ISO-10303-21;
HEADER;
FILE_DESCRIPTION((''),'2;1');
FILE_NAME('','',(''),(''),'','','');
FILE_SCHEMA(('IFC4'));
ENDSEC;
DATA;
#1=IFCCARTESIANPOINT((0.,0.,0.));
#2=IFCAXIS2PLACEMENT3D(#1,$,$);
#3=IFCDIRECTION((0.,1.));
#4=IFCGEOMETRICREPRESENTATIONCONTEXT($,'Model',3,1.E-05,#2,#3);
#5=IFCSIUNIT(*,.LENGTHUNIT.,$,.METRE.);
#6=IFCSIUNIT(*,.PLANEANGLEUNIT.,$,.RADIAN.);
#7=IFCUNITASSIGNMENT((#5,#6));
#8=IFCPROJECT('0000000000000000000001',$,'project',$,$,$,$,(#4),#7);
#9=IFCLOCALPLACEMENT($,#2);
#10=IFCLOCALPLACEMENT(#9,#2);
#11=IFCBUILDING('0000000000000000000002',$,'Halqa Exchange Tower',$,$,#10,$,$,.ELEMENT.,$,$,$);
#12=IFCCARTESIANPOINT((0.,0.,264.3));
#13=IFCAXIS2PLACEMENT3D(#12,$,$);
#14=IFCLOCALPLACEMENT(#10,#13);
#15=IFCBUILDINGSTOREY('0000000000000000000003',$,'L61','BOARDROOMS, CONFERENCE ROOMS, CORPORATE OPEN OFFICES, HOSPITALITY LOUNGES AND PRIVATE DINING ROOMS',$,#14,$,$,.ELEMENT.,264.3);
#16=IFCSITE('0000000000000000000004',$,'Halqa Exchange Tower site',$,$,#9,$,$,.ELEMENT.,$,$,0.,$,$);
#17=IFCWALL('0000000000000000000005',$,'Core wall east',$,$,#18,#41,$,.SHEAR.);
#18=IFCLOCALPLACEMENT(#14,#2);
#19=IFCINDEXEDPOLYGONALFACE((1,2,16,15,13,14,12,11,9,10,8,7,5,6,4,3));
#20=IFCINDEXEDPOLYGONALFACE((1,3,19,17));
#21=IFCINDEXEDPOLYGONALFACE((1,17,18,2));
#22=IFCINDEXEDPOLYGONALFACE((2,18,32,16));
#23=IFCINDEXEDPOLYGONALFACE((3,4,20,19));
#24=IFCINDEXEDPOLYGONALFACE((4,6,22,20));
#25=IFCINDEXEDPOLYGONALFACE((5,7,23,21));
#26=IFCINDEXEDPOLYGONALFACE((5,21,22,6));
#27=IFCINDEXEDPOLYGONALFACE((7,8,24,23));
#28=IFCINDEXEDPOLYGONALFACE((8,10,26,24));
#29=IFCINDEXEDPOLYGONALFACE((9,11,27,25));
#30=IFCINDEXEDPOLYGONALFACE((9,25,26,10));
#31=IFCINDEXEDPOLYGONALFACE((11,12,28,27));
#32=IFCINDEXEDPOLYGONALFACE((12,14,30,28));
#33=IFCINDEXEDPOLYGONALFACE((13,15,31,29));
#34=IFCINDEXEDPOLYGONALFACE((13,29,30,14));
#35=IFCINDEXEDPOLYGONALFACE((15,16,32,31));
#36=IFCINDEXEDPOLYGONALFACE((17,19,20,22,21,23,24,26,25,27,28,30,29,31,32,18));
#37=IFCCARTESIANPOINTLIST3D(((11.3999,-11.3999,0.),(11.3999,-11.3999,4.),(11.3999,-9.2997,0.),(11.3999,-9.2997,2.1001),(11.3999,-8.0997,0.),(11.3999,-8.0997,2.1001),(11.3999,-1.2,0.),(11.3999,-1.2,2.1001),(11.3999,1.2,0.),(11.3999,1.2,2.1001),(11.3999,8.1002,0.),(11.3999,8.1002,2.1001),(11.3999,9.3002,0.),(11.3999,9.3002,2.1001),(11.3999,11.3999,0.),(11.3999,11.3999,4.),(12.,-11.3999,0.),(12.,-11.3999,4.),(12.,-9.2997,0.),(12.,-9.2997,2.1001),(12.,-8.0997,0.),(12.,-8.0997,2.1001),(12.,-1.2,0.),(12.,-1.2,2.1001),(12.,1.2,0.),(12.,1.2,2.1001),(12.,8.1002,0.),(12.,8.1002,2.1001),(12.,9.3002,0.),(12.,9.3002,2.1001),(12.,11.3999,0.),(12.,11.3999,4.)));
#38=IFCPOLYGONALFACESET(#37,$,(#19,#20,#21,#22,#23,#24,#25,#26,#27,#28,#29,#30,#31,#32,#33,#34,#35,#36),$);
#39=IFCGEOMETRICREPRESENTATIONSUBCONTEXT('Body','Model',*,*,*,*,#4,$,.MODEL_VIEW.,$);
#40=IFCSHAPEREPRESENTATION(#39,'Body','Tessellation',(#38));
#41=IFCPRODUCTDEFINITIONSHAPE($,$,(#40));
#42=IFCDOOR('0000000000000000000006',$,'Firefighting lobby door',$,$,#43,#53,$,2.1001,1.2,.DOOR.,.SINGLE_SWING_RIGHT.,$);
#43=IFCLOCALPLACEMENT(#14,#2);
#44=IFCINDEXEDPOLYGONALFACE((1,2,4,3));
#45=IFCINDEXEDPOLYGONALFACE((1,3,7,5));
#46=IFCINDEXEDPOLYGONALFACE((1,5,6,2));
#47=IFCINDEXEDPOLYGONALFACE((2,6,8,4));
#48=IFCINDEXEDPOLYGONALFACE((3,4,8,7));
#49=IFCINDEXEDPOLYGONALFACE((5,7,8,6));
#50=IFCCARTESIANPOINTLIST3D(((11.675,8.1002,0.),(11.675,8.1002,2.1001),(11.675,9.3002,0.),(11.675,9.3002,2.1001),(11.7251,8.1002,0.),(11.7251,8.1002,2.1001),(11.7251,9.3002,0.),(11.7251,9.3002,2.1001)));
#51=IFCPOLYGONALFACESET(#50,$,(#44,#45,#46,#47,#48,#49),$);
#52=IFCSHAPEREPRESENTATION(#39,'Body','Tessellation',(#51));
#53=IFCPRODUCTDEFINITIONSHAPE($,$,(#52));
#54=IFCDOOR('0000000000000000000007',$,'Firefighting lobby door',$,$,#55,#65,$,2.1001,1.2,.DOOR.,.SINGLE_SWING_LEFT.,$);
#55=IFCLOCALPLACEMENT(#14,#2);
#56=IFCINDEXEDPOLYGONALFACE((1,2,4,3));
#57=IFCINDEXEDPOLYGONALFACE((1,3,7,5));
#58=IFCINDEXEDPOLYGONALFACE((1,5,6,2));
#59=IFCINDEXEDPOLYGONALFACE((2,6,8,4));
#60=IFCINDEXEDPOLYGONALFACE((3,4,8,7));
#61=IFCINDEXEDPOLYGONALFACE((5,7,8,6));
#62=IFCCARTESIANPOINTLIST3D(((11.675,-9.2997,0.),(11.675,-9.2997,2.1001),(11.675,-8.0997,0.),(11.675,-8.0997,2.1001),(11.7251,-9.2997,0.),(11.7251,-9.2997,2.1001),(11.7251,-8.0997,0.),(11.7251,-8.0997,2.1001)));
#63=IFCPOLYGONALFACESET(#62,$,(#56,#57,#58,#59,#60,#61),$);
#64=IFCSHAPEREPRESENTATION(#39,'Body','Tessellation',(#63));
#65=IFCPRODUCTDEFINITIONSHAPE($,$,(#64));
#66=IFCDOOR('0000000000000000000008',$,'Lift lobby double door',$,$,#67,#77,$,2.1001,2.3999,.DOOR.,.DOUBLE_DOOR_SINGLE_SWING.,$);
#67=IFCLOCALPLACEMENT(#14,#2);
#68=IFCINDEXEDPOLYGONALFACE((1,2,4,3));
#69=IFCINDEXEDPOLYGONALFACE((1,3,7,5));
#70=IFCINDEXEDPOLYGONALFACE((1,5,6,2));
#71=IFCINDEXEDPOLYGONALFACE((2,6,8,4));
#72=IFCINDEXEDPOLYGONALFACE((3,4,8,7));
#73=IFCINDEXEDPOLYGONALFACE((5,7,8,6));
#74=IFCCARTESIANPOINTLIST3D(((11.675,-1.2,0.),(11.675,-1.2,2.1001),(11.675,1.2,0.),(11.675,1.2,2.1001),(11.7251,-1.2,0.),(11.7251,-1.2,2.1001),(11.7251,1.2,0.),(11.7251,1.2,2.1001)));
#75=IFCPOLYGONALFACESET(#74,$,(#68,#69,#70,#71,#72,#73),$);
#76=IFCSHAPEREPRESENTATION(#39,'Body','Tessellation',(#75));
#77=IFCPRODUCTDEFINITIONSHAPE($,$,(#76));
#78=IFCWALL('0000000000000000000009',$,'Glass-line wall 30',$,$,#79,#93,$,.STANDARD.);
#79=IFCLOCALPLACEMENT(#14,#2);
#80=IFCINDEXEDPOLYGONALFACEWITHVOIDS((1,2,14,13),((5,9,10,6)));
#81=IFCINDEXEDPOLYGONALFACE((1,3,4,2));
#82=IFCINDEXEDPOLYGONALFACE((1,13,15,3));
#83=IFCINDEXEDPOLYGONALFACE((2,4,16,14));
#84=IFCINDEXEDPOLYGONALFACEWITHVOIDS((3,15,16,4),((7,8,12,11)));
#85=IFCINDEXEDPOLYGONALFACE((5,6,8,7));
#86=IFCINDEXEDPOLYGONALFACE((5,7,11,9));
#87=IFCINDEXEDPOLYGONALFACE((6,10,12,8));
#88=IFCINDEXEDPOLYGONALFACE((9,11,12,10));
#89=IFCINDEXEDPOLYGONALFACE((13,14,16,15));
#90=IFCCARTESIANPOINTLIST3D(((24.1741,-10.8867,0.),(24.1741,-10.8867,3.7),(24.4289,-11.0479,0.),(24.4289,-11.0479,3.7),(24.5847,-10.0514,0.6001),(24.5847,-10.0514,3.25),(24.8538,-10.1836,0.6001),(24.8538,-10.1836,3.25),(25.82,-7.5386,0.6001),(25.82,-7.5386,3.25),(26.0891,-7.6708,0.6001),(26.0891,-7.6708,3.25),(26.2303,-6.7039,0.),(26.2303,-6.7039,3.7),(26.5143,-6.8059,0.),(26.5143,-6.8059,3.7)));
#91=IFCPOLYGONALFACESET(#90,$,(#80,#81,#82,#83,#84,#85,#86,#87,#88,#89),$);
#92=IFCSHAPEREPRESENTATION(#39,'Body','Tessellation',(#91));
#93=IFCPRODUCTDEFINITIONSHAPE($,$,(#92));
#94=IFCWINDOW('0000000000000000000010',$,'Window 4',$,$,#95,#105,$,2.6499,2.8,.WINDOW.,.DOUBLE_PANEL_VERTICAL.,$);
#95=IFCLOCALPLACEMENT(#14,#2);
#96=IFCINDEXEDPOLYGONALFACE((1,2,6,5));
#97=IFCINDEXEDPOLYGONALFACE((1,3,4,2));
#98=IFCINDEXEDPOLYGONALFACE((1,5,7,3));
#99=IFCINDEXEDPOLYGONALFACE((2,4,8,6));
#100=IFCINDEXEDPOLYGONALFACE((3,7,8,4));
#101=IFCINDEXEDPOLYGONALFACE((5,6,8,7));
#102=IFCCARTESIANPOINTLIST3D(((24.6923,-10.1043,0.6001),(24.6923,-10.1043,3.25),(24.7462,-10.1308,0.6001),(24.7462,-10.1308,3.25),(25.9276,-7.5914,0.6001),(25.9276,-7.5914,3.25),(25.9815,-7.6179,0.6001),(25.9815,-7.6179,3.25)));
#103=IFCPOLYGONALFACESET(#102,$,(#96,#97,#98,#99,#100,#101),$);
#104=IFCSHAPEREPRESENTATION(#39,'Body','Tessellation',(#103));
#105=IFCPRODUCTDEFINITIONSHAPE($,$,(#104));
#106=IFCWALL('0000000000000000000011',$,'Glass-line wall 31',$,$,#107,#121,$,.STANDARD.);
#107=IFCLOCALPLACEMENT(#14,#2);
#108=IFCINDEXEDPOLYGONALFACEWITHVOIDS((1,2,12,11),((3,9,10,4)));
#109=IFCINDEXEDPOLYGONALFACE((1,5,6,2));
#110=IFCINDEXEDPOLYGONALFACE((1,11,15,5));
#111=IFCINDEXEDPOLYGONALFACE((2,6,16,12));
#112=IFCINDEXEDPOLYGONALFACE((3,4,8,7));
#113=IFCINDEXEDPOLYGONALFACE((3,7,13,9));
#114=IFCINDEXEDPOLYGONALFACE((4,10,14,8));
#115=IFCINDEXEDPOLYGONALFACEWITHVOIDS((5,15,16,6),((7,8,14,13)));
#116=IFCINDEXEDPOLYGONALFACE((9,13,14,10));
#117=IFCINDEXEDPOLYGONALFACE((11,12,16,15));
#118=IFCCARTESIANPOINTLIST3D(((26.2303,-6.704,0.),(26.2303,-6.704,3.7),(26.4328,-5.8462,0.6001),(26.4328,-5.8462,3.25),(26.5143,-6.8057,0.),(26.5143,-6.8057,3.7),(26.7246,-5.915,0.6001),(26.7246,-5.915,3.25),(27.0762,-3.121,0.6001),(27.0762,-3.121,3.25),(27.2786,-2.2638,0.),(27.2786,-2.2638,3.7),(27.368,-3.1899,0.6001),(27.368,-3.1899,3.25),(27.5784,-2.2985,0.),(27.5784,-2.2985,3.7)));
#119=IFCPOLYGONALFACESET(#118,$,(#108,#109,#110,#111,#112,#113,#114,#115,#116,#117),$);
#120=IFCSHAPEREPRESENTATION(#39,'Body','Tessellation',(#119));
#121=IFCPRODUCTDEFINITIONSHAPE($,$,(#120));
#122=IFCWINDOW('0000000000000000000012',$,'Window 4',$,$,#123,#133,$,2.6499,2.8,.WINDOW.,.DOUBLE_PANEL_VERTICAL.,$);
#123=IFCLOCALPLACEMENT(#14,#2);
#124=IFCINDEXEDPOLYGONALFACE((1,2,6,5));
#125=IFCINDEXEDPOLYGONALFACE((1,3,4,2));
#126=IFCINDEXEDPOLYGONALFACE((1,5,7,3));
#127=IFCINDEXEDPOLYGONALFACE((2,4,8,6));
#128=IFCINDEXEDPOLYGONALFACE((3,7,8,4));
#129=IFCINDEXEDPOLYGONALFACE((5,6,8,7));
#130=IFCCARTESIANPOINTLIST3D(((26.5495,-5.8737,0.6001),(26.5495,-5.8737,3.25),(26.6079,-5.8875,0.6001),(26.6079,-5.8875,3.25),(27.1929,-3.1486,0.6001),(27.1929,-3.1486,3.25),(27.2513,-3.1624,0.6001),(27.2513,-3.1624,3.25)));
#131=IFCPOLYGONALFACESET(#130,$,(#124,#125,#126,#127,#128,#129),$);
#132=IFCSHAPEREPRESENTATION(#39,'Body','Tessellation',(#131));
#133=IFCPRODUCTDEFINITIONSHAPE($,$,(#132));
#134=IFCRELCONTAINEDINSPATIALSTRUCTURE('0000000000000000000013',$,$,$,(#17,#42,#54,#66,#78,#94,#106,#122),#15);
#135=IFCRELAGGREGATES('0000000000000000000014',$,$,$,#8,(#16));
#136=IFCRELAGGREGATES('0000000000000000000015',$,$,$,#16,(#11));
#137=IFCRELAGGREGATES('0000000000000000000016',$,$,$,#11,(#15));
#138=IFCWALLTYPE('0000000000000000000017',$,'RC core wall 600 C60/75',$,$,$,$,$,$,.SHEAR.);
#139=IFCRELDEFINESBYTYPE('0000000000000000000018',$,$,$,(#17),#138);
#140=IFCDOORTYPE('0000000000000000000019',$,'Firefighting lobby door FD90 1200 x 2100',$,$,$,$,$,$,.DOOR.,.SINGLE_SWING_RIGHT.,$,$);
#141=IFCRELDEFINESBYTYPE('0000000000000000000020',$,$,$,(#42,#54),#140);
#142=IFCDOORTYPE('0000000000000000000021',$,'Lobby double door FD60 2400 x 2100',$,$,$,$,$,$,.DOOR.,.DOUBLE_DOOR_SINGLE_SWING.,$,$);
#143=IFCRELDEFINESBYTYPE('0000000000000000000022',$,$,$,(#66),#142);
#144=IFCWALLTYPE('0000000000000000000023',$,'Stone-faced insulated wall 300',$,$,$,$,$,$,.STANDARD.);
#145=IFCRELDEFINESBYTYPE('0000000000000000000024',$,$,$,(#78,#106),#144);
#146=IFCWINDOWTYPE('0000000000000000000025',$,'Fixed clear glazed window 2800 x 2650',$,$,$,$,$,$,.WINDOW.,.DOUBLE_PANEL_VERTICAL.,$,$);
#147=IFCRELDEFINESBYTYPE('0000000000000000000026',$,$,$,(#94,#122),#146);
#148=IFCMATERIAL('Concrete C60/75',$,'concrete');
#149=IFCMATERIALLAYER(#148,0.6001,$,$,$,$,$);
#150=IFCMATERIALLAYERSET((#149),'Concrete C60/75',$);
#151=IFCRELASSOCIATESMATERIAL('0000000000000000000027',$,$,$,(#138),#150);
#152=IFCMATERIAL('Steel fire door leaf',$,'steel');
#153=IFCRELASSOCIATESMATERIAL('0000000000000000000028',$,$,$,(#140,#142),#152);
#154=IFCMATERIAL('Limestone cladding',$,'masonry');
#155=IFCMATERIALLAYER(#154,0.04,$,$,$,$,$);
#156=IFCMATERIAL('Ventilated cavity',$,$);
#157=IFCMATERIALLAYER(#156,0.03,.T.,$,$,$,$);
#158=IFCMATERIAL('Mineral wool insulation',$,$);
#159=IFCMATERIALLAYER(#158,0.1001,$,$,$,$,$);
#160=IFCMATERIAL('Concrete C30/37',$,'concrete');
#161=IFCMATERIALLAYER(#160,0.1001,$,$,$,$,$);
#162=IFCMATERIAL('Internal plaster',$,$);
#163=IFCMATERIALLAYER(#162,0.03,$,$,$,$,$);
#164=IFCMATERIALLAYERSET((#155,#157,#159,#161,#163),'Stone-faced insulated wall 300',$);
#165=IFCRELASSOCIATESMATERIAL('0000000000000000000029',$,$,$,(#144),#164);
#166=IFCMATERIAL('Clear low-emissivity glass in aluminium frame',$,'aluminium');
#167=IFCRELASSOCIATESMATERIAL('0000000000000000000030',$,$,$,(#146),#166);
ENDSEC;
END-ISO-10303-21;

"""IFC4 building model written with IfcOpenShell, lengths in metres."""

from ifc_helpers import new_model, si_unit, direction, frame, frame_2d, origin, place, context, subcontext, project, spatial, polyline, rectangle, outline, extrude, material, layer, layer_set, type_object, element, fill, save


model = new_model("IFC4")

# Units and contexts
model_context = context("Model", 3, precision=1e-05, world=origin(), true_north=direction((0.0, 1.0)))
body_context = subcontext(model_context, "Body", "Model", "MODEL_VIEW")
ifc_project = project(units=[si_unit("LENGTHUNIT", "METRE"), si_unit("PLANEANGLEUNIT", "RADIAN")], contexts=[model_context])

# Site, building, storey
site_placement = place(None, origin())
site = spatial("IfcSite", under=ifc_project, at=site_placement, Name="Halqa Exchange Tower site", CompositionType="ELEMENT", RefElevation=0.0)
building_placement = place(site_placement, origin())
building = spatial("IfcBuilding", under=site, at=building_placement, Name="Halqa Exchange Tower", CompositionType="ELEMENT")
storey_placement = place(building_placement, frame((0.0, 0.0, 264.3)))
storey = spatial("IfcBuildingStorey", under=building, at=storey_placement, Name="L61", Description="BOARDROOMS, CONFERENCE ROOMS, CORPORATE OPEN OFFICES, HOSPITALITY LOUNGES AND PRIVATE DINING ROOMS", CompositionType="ELEMENT", Elevation=264.3)

# Shared definitions
ifc_material_1 = material(Name="Concrete C60/75", Category="concrete")

# Wall, openings, doors
ifc_layer_1 = layer(ifc_material_1, 0.6001)
ifc_layer_set_1 = layer_set([ifc_layer_1], Name="Concrete C60/75")
wall_type_1 = type_object("IfcWallType", Name="RC core wall 600 C60/75", PredefinedType="SHEAR", material=ifc_layer_set_1)
wall_1_placement = place(storey_placement, frame((11.7, -11.3999, 0.0), z_axis=(0.0, 0.0, 1.0), x_axis=(0.0, 1.0, 0.0)))
wall_1 = element("IfcWall", 1, at=wall_1_placement, inside=storey, type_object=wall_type_1, Name="Core wall east", PredefinedType="SHEAR", context=body_context, shape_type="SweptSolid", body=[
    extrude(rectangle(XDim=22.7998, YDim=0.6001, at=frame_2d((11.3999, 0.0))), origin(), (0.0, 0.0, 1.0), 4.0),
])
opening_1_placement = place(wall_1_placement, frame((10.2, 0.0, 0.0)))
opening_1 = element("IfcOpeningElement", 2, at=opening_1_placement, cuts=wall_1, PredefinedType="OPENING", context=body_context, shape_type="SweptSolid", body=[
    extrude(rectangle(XDim=2.3999, YDim=2.1001, at=frame_2d((1.2, 1.05))), frame((0.0, 0.312, 0.0), z_axis=(0.0, -1.0, 0.0), x_axis=(1.0, 0.0, 0.0)), (0.0, 0.0, 1.0), 0.624),
])
opening_2_placement = place(wall_1_placement, frame((19.5, 0.0, 0.0)))
opening_2 = element("IfcOpeningElement", 3, at=opening_2_placement, cuts=wall_1, PredefinedType="OPENING", context=body_context, shape_type="SweptSolid", body=[
    extrude(rectangle(XDim=1.2, YDim=2.1001, at=frame_2d((0.6001, 1.05))), frame((0.0, 0.312, 0.0), z_axis=(0.0, -1.0, 0.0), x_axis=(1.0, 0.0, 0.0)), (0.0, 0.0, 1.0), 0.624),
])
opening_3_placement = place(wall_1_placement, frame((2.1001, 0.0, 0.0)))
opening_3 = element("IfcOpeningElement", 4, at=opening_3_placement, cuts=wall_1, PredefinedType="OPENING", context=body_context, shape_type="SweptSolid", body=[
    extrude(rectangle(XDim=1.2, YDim=2.1001, at=frame_2d((0.6001, 1.05))), frame((0.0, 0.312, 0.0), z_axis=(0.0, -1.0, 0.0), x_axis=(1.0, 0.0, 0.0)), (0.0, 0.0, 1.0), 0.624),
])
ifc_material_2 = material(Name="Steel fire door leaf", Category="steel")
door_type_1 = type_object("IfcDoorType", Name="Firefighting lobby door FD90 1200 x 2100", OperationType="SINGLE_SWING_RIGHT", PredefinedType="DOOR", material=ifc_material_2)
door_1_placement = place(opening_2_placement, origin())
door_1 = element("IfcDoor", 5, at=door_1_placement, inside=storey, type_object=door_type_1, Name="Firefighting lobby door", OperationType="SINGLE_SWING_RIGHT", OverallHeight=2.1001, OverallWidth=1.2, PredefinedType="DOOR", context=body_context, shape_type="SweptSolid", body=[
    extrude(rectangle(XDim=1.2, YDim=2.1001, at=frame_2d((0.6001, 1.05))), frame((0.0, 0.0249, 0.0), z_axis=(0.0, -1.0, 0.0), x_axis=(1.0, 0.0, 0.0)), (0.0, 0.0, 1.0), 0.05),
])
fill(opening_2, door_1)
door_2_placement = place(opening_3_placement, origin())
door_2 = element("IfcDoor", 6, at=door_2_placement, inside=storey, type_object=door_type_1, Name="Firefighting lobby door", OperationType="SINGLE_SWING_LEFT", OverallHeight=2.1001, OverallWidth=1.2, PredefinedType="DOOR", context=body_context, shape_type="SweptSolid", body=[
    extrude(rectangle(XDim=1.2, YDim=2.1001, at=frame_2d((0.6001, 1.05))), frame((0.0, 0.0249, 0.0), z_axis=(0.0, -1.0, 0.0), x_axis=(1.0, 0.0, 0.0)), (0.0, 0.0, 1.0), 0.05),
])
fill(opening_3, door_2)
door_type_2 = type_object("IfcDoorType", Name="Lobby double door FD60 2400 x 2100", OperationType="DOUBLE_DOOR_SINGLE_SWING", PredefinedType="DOOR", material=ifc_material_2)
door_3_placement = place(opening_1_placement, origin())
door_3 = element("IfcDoor", 7, at=door_3_placement, inside=storey, type_object=door_type_2, Name="Lift lobby double door", OperationType="DOUBLE_DOOR_SINGLE_SWING", OverallHeight=2.1001, OverallWidth=2.3999, PredefinedType="DOOR", context=body_context, shape_type="SweptSolid", body=[
    extrude(rectangle(XDim=2.3999, YDim=2.1001, at=frame_2d((1.2, 1.05))), frame((0.0, 0.0249, 0.0), z_axis=(0.0, -1.0, 0.0), x_axis=(1.0, 0.0, 0.0)), (0.0, 0.0, 1.0), 0.05),
])
fill(opening_1, door_3)

# Walls, openings, windows
ifc_material_3 = material(Name="Limestone cladding", Category="masonry")
ifc_layer_2 = layer(ifc_material_3, 0.04)
ifc_material_4 = material(Name="Ventilated cavity")
ifc_layer_3 = layer(ifc_material_4, 0.03, ventilated=True)
ifc_material_5 = material(Name="Mineral wool insulation")
ifc_layer_4 = layer(ifc_material_5, 0.1001)
ifc_material_6 = material(Name="Concrete C30/37", Category="concrete")
ifc_layer_5 = layer(ifc_material_6, 0.1001)
ifc_material_7 = material(Name="Internal plaster")
ifc_layer_6 = layer(ifc_material_7, 0.03)
ifc_layer_set_2 = layer_set([ifc_layer_2, ifc_layer_3, ifc_layer_4, ifc_layer_5, ifc_layer_6], Name="Stone-faced insulated wall 300")
wall_type_2 = type_object("IfcWallType", Name="Stone-faced insulated wall 300", PredefinedType="STANDARD", material=ifc_layer_set_2)
wall_2_placement = place(storey_placement, frame((24.3015, -10.9673, 0.0), z_axis=(0.0, 0.0, 1.0), x_axis=(0.44117, 0.897424, 0.0)))
wall_2 = element("IfcWall", 8, at=wall_2_placement, inside=storey, type_object=wall_type_2, Name="Glass-line wall 30", PredefinedType="STANDARD", context=body_context, shape_type="SweptSolid", body=[
    extrude(outline(polyline([(-0.0161, -0.1499), (4.7107, -0.1499), (4.677, 0.1499), (0.0161, 0.1499), (-0.0161, -0.1499)])), origin(), (0.0, 0.0, 1.0), 3.7),
])
opening_4_placement = place(wall_2_placement, frame((0.947, 0.0, 0.6001)))
opening_4 = element("IfcOpeningElement", 9, at=opening_4_placement, cuts=wall_2, PredefinedType="OPENING", context=body_context, shape_type="SweptSolid", body=[
    extrude(rectangle(XDim=2.8, YDim=2.6499, at=frame_2d((1.3999, 1.325))), frame((0.0, 0.1621, 0.0), z_axis=(0.0, -1.0, 0.0), x_axis=(1.0, 0.0, 0.0)), (0.0, 0.0, 1.0), 0.324),
])
ifc_material_8 = material(Name="Clear low-emissivity glass in aluminium frame", Category="aluminium")
window_type = type_object("IfcWindowType", Name="Fixed clear glazed window 2800 x 2650", PartitioningType="DOUBLE_PANEL_VERTICAL", PredefinedType="WINDOW", material=ifc_material_8)
window_1_placement = place(opening_4_placement, origin())
window_1 = element("IfcWindow", 10, at=window_1_placement, inside=storey, type_object=window_type, Name="Window 4", OverallHeight=2.6499, OverallWidth=2.8, PartitioningType="DOUBLE_PANEL_VERTICAL", PredefinedType="WINDOW", context=body_context, shape_type="SweptSolid", body=[
    extrude(rectangle(XDim=2.8, YDim=2.6499, at=frame_2d((1.3999, 1.325))), frame((0.0, 0.03, 0.0), z_axis=(0.0, -1.0, 0.0), x_axis=(1.0, 0.0, 0.0)), (0.0, 0.0, 1.0), 0.0601),
])
fill(opening_4, window_1)
wall_3_placement = place(storey_placement, frame((26.3723, -6.7549, 0.0), z_axis=(0.0, 0.0, 1.0), x_axis=(0.229768, 0.973246, 0.0)))
wall_3 = element("IfcWall", 11, at=wall_3_placement, inside=storey, type_object=wall_type_2, Name="Glass-line wall 31", PredefinedType="STANDARD", context=body_context, shape_type="SweptSolid", body=[
    extrude(outline(polyline([(-0.0168, -0.1499), (4.6143, -0.1499), (4.5791, 0.1499), (0.0168, 0.1499), (-0.0168, -0.1499)])), origin(), (0.0, 0.0, 1.0), 3.7),
])
opening_5_placement = place(wall_3_placement, frame((0.8984, 0.0, 0.6001)))
opening_5 = element("IfcOpeningElement", 12, at=opening_5_placement, cuts=wall_3, PredefinedType="OPENING", context=body_context, shape_type="SweptSolid", body=[
    extrude(rectangle(XDim=2.8, YDim=2.6499, at=frame_2d((1.3999, 1.325))), frame((0.0, 0.1621, 0.0), z_axis=(0.0, -1.0, 0.0), x_axis=(1.0, 0.0, 0.0)), (0.0, 0.0, 1.0), 0.324),
])
window_2_placement = place(opening_5_placement, origin())
window_2 = element("IfcWindow", 13, at=window_2_placement, inside=storey, type_object=window_type, Name="Window 4", OverallHeight=2.6499, OverallWidth=2.8, PartitioningType="DOUBLE_PANEL_VERTICAL", PredefinedType="WINDOW", context=body_context, shape_type="SweptSolid", body=[
    extrude(rectangle(XDim=2.8, YDim=2.6499, at=frame_2d((1.3999, 1.325))), frame((0.0, 0.03, 0.0), z_axis=(0.0, -1.0, 0.0), x_axis=(1.0, 0.0, 0.0)), (0.0, 0.0, 1.0), 0.0601),
])
fill(opening_5, window_2)

save(model, "model.ifc")
